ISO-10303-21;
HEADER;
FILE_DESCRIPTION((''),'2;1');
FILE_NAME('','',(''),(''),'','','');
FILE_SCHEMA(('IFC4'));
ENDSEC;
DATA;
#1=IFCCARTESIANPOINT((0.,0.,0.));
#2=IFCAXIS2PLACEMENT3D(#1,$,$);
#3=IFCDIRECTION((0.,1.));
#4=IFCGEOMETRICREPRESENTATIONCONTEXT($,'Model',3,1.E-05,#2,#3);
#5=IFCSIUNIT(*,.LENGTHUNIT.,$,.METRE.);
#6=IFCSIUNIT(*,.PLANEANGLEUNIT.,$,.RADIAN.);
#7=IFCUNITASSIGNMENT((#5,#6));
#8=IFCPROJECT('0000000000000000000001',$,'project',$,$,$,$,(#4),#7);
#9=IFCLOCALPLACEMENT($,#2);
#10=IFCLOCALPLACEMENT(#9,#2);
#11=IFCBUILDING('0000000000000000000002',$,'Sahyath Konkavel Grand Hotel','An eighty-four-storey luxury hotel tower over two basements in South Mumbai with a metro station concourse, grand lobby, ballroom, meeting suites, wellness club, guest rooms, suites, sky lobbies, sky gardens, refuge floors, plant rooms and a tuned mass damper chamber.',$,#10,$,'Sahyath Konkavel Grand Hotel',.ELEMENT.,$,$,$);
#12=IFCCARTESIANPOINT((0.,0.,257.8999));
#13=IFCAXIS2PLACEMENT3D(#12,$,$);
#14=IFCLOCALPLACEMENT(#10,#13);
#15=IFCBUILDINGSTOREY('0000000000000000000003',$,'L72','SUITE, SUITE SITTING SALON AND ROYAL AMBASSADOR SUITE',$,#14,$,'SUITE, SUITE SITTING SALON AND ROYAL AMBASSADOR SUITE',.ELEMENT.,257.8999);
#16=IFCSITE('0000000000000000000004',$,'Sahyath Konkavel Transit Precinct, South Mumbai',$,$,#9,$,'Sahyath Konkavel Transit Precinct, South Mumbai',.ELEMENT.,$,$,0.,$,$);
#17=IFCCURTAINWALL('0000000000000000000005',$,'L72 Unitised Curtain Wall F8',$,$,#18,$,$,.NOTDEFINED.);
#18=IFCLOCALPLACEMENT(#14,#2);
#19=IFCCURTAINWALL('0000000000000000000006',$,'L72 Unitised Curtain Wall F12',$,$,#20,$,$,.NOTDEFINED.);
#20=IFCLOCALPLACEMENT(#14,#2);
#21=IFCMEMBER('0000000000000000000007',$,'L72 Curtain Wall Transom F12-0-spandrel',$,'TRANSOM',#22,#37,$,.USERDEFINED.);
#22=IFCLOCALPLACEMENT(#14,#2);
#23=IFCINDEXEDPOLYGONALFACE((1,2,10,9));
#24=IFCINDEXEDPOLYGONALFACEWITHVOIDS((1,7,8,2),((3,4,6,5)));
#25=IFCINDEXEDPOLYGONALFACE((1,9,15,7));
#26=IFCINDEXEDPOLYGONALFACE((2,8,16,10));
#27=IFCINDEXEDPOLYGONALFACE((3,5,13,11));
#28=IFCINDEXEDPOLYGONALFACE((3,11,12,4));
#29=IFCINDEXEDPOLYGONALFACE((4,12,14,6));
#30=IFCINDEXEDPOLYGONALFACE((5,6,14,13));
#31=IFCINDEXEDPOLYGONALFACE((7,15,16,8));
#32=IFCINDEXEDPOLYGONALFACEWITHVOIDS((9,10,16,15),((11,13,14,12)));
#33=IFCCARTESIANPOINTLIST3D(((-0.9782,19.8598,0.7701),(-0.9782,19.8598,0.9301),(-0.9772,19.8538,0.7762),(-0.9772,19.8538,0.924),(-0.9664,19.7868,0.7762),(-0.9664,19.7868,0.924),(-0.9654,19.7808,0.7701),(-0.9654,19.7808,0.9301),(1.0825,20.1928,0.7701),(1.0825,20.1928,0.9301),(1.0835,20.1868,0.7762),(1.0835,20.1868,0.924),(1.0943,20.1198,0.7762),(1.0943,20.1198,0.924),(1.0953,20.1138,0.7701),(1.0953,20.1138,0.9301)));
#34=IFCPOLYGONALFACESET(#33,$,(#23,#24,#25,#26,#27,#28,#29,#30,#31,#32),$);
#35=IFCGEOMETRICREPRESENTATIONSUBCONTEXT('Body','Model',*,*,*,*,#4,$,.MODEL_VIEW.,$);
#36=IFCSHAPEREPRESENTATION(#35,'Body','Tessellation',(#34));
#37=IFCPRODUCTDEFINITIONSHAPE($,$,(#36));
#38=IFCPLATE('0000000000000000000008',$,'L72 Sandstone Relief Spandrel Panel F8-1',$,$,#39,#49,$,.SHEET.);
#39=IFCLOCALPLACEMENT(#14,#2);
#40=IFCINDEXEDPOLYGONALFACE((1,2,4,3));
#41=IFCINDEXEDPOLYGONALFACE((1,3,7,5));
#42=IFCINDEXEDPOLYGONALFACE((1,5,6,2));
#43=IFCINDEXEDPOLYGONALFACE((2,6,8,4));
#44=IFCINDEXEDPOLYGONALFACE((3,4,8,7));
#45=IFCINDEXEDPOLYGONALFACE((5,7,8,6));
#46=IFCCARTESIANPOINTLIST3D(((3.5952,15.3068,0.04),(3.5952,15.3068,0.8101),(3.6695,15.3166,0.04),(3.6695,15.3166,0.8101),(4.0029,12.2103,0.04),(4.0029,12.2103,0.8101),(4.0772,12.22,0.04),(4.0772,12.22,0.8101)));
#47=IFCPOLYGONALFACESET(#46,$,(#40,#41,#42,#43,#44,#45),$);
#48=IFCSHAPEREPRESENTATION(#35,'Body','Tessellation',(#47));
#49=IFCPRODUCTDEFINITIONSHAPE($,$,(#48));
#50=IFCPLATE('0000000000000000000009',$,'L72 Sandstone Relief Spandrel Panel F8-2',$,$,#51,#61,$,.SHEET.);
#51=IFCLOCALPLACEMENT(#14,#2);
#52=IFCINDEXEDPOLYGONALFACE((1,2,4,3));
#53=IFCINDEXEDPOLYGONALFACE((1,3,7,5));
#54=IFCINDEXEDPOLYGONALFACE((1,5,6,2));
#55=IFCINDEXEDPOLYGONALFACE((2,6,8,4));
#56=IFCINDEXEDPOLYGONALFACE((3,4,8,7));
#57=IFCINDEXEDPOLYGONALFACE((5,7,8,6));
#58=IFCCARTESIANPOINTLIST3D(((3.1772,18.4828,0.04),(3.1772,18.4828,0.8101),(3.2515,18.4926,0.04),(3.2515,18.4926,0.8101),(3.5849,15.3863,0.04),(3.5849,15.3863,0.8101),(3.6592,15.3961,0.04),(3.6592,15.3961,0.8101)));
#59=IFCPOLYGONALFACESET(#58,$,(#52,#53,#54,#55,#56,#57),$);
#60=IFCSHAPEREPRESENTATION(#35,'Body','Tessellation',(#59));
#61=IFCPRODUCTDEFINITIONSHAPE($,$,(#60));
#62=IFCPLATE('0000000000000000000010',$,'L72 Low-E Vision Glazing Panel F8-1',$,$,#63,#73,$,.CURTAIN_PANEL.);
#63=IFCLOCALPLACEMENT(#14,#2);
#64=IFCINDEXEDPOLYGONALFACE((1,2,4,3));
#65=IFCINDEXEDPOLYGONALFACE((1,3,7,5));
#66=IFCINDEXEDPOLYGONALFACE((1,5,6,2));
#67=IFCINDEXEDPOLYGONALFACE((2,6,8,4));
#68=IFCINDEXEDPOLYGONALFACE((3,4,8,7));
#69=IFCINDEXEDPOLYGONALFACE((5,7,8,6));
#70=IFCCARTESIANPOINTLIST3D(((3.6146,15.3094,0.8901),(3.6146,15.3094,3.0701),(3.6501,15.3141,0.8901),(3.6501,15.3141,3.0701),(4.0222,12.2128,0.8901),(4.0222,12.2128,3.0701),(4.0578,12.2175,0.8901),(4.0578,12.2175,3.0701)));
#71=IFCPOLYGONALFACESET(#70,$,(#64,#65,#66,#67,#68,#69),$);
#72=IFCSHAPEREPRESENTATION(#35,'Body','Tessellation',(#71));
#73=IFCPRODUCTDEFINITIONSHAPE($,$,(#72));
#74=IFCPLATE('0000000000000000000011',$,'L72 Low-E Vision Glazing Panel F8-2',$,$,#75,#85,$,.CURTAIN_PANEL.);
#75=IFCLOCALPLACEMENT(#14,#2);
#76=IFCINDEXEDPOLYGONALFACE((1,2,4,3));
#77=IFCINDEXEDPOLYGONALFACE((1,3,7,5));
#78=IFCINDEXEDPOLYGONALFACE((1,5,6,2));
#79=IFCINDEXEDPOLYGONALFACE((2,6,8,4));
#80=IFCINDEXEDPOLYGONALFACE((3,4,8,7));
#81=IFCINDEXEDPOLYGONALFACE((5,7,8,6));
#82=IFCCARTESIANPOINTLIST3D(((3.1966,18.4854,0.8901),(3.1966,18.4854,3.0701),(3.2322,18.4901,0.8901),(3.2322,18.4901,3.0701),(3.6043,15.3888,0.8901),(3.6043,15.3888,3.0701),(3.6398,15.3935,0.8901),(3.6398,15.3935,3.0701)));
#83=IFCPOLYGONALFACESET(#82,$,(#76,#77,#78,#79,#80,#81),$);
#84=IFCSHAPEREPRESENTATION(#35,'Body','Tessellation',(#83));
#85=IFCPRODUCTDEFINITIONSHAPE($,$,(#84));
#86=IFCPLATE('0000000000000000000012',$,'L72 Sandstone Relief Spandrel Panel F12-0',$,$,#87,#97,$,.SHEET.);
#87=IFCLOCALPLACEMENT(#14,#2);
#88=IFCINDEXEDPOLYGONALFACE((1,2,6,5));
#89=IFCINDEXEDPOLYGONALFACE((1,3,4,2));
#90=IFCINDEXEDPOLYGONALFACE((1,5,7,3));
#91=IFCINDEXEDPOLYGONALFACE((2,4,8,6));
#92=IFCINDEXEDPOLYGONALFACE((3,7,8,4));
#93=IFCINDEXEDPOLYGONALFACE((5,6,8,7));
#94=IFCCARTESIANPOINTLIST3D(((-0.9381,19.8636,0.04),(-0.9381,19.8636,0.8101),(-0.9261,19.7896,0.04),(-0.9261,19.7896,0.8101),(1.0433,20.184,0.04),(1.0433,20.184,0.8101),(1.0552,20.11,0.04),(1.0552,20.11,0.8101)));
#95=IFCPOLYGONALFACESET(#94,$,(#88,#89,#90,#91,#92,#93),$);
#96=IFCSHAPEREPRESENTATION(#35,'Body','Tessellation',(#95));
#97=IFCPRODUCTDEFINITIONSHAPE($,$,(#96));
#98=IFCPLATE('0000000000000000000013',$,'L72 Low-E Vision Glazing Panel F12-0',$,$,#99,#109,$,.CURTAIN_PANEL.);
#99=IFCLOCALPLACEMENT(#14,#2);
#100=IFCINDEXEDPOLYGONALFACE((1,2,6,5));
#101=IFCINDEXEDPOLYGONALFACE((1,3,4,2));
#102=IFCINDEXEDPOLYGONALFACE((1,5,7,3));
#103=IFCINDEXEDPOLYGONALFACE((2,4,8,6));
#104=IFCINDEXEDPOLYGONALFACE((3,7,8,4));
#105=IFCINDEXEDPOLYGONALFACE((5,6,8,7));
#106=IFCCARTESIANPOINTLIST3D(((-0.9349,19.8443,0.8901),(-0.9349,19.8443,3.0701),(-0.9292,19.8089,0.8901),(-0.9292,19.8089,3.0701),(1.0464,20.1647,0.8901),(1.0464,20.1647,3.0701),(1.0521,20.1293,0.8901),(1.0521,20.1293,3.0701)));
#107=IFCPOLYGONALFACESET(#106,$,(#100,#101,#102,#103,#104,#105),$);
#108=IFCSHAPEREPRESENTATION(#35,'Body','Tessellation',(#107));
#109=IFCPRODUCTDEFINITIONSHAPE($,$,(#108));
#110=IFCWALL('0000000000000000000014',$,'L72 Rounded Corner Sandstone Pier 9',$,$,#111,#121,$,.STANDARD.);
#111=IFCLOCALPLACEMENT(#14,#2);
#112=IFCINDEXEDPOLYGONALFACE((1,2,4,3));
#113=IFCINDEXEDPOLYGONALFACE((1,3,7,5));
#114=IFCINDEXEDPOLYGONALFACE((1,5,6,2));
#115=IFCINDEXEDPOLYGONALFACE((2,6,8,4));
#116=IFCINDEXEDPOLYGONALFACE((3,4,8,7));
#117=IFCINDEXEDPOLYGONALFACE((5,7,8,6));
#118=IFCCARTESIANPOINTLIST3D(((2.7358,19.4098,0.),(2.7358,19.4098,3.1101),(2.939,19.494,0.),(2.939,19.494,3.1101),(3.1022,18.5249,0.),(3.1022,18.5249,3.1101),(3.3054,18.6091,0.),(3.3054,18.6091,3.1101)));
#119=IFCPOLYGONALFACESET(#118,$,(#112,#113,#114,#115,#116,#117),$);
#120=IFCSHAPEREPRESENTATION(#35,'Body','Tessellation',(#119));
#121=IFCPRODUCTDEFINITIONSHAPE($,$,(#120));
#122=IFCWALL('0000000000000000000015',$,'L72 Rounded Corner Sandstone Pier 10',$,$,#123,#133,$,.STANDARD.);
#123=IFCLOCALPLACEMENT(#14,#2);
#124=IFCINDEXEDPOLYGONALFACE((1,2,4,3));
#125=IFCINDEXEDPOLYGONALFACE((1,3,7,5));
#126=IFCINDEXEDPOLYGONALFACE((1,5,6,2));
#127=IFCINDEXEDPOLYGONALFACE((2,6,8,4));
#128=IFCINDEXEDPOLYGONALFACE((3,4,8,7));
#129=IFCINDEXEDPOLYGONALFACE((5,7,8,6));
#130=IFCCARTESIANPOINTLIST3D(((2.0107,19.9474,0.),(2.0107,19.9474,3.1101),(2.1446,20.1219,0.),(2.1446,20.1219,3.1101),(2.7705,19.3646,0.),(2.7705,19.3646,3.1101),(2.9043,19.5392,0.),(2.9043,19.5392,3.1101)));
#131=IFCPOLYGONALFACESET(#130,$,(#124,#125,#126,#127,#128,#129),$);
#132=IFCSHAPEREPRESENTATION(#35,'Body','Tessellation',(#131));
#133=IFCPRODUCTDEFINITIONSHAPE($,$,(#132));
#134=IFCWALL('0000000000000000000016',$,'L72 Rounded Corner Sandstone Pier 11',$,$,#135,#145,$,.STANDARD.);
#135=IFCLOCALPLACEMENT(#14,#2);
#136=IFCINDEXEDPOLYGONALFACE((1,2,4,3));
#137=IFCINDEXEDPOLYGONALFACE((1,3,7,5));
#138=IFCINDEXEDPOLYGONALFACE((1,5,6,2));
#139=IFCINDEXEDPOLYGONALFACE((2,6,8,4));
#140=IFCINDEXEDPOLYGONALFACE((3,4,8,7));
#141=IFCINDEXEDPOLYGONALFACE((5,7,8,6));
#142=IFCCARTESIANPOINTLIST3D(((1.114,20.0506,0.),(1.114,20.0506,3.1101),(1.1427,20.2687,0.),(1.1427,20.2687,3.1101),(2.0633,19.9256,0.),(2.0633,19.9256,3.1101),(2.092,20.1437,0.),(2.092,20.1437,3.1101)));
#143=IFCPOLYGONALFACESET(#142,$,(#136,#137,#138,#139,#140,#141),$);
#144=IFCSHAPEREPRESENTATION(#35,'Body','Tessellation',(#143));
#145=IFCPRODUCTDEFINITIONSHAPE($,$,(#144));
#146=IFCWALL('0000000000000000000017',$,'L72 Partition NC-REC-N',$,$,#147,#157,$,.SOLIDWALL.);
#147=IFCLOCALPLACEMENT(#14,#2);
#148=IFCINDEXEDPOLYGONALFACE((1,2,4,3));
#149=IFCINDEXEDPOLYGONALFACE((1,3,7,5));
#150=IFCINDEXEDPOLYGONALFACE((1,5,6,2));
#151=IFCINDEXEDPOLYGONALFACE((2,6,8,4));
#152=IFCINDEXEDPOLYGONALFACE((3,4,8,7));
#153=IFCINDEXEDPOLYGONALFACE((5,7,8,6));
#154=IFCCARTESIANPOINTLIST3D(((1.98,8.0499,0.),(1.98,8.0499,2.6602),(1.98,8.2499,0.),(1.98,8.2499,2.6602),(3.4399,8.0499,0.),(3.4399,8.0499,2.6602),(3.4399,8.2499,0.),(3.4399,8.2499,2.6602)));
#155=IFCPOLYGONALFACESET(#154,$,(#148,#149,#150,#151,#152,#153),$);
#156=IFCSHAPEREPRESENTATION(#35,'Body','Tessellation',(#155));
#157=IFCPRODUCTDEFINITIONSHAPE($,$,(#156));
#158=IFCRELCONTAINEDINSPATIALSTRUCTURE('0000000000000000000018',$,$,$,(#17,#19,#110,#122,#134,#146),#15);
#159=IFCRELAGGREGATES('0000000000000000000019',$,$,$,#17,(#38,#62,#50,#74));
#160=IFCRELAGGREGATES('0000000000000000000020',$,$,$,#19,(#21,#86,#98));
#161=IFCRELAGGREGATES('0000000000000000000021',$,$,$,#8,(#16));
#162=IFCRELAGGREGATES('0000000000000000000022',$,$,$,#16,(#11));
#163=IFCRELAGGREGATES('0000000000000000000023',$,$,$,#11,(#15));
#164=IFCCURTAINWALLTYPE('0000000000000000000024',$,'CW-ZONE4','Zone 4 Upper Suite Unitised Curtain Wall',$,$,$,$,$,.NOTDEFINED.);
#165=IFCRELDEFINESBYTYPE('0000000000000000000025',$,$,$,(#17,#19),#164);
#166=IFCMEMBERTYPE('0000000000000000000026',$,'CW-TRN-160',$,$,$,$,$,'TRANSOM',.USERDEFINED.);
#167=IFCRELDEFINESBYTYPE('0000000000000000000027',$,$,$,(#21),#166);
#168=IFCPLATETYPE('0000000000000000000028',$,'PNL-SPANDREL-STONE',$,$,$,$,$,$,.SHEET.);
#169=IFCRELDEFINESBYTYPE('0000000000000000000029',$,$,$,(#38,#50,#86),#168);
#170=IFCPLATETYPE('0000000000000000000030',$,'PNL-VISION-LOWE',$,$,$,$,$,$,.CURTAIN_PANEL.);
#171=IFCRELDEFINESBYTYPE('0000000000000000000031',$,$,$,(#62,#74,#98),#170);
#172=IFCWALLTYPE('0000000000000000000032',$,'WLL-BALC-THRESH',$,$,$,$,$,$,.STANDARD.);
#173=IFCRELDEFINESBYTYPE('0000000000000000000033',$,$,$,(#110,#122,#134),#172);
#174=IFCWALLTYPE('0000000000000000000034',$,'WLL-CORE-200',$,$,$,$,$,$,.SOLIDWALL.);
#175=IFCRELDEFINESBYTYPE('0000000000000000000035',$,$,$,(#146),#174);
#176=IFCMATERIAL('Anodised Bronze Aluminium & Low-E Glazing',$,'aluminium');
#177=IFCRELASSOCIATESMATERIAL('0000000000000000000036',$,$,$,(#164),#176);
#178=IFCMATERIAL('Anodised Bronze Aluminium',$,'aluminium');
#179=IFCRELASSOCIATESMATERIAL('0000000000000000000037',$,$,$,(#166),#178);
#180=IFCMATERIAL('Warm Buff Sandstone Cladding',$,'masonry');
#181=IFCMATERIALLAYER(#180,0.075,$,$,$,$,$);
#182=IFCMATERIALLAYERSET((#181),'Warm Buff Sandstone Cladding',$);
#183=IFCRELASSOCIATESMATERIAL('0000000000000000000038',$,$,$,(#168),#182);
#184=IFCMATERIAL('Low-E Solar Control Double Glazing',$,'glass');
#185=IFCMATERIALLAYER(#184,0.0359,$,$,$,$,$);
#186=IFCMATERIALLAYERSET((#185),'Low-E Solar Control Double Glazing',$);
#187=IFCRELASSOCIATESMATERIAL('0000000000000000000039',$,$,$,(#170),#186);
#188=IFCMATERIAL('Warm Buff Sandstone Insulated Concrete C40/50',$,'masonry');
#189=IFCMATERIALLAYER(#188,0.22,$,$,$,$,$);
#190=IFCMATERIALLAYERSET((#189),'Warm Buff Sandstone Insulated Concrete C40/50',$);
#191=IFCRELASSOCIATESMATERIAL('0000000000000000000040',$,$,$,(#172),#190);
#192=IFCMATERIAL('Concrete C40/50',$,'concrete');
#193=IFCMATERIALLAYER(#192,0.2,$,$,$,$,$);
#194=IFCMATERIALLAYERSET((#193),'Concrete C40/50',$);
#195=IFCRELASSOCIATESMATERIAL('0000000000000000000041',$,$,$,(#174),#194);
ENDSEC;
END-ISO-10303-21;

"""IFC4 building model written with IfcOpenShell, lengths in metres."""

from ifc_helpers import new_model, si_unit, direction, frame, frame_2d, origin, origin_2d, place, context, subcontext, project, spatial, rectangle, hollow_rectangle, extrude, source, transform, mapped, material, layer, layer_set, material_profile, profile_set, type_object, element, aggregate, save


model = new_model("IFC4")

# Units and contexts
model_context = context("Model", 3, precision=1e-05, world=origin(), true_north=direction((0.0, 1.0)))
body_context = subcontext(model_context, "Body", "Model", "MODEL_VIEW")
ifc_project = project(units=[si_unit("LENGTHUNIT", "METRE"), si_unit("PLANEANGLEUNIT", "RADIAN")], contexts=[model_context])

# Site, building, storey
site_placement = place(None, origin())
site = spatial("IfcSite", under=ifc_project, at=site_placement, Name="Sahyath Konkavel Transit Precinct, South Mumbai", LongName="Sahyath Konkavel Transit Precinct, South Mumbai", CompositionType="ELEMENT", RefElevation=0.0)
building_placement = place(site_placement, origin())
building = spatial("IfcBuilding", under=site, at=building_placement, Name="Sahyath Konkavel Grand Hotel", Description="An eighty-four-storey luxury hotel tower over two basements in South Mumbai with a metro station concourse, grand lobby, ballroom, meeting suites, wellness club, guest rooms, suites, sky lobbies, sky gardens, refuge floors, plant rooms and a tuned mass damper chamber.", LongName="Sahyath Konkavel Grand Hotel", CompositionType="ELEMENT")
storey_placement = place(building_placement, frame((0.0, 0.0, 257.8999)))
storey = spatial("IfcBuildingStorey", under=building, at=storey_placement, Name="L72", Description="SUITE, SUITE SITTING SALON AND ROYAL AMBASSADOR SUITE", LongName="SUITE, SUITE SITTING SALON AND ROYAL AMBASSADOR SUITE", CompositionType="ELEMENT", Elevation=257.8999)

# Shared definitions
ifc_material_1 = material(Name="Concrete C40/50", Category="concrete")

# Curtain wall
ifc_material_2 = material(Name="Anodised Bronze Aluminium & Low-E Glazing", Category="aluminium")
curtain_wall_type = type_object("IfcCurtainWallType", Name="CW-ZONE4", Description="Zone 4 Upper Suite Unitised Curtain Wall", PredefinedType="NOTDEFINED", material=ifc_material_2)
curtain_wall_1_placement = place(storey_placement, origin())
curtain_wall_1 = element("IfcCurtainWall", 1, at=curtain_wall_1_placement, inside=storey, type_object=curtain_wall_type, Name="L72 Unitised Curtain Wall F8", PredefinedType="NOTDEFINED")
ifc_material_3 = material(Name="Anodised Bronze Aluminium", Category="aluminium")

# Curtain wall
curtain_wall_2_placement = place(storey_placement, origin())
curtain_wall_2 = element("IfcCurtainWall", 2, at=curtain_wall_2_placement, inside=storey, type_object=curtain_wall_type, Name="L72 Unitised Curtain Wall F12", PredefinedType="NOTDEFINED")

# Member
ifc_material_profile_1 = material_profile(ifc_material_3, hollow_rectangle(XDim=0.0801, YDim=0.1599, WallThickness=0.0061, at=origin_2d()), Name="RHS 160x80x6")
ifc_profile_set_1 = profile_set([ifc_material_profile_1], Name="Anodised Bronze Aluminium")
member_type_1 = type_object("IfcMemberType", Name="CW-TRN-160", ElementType="TRANSOM", PredefinedType="USERDEFINED", material=ifc_profile_set_1)
shared_shape_1 = source(origin(), body_context, "Body", "SweptSolid", [
    extrude(hollow_rectangle(XDim=0.0801, YDim=0.1599, WallThickness=0.0061, at=origin_2d()), origin(), (0.0, 0.0, 1.0), 2.0874),
])
member_1_placement = place(storey_placement, frame((1.0889, 20.1533, 0.8501), z_axis=(-0.987191, -0.159541, 0.0), x_axis=(0.159541, -0.987191, 0.0)))
member_1 = element("IfcMember", 3, at=member_1_placement, type_object=member_type_1, Name="L72 Curtain Wall Transom F12-0-spandrel", ObjectType="TRANSOM", PredefinedType="USERDEFINED", context=body_context, shape_type="MappedRepresentation", body=[
    mapped(shared_shape_1, transform((0.0, 0.0, 0.0), scale=1.0)),
])

# Plates
ifc_material_4 = material(Name="Warm Buff Sandstone Cladding", Category="masonry")
ifc_layer_1 = layer(ifc_material_4, 0.075)
ifc_layer_set_1 = layer_set([ifc_layer_1], Name="Warm Buff Sandstone Cladding")
plate_type_1 = type_object("IfcPlateType", Name="PNL-SPANDREL-STONE", PredefinedType="SHEET", material=ifc_layer_set_1)
shared_shape_2 = source(origin(), body_context, "Body", "SweptSolid", [
    extrude(rectangle(XDim=3.1233, YDim=0.075, at=origin_2d()), origin(), (0.0, 0.0, 1.0), 0.77),
])
plate_1_placement = place(storey_placement, frame((3.8362, 13.7634, 0.04), z_axis=(0.0, 0.0, 1.0), x_axis=(-0.130526, 0.991445, 0.0)))
plate_1 = element("IfcPlate", 4, at=plate_1_placement, type_object=plate_type_1, Name="L72 Sandstone Relief Spandrel Panel F8-1", PredefinedType="SHEET", context=body_context, shape_type="MappedRepresentation", body=[
    mapped(shared_shape_2, transform((0.0, 0.0, 0.0), scale=1.0)),
])
plate_2_placement = place(storey_placement, frame((3.4182, 16.9395, 0.04), z_axis=(0.0, 0.0, 1.0), x_axis=(-0.130526, 0.991445, 0.0)))
plate_2 = element("IfcPlate", 5, at=plate_2_placement, type_object=plate_type_1, Name="L72 Sandstone Relief Spandrel Panel F8-2", PredefinedType="SHEET", context=body_context, shape_type="MappedRepresentation", body=[
    mapped(shared_shape_2, transform((0.0, 0.0, 0.0), scale=1.0)),
])
ifc_material_5 = material(Name="Low-E Solar Control Double Glazing", Category="glass")
ifc_layer_2 = layer(ifc_material_5, 0.0359)
ifc_layer_set_2 = layer_set([ifc_layer_2], Name="Low-E Solar Control Double Glazing")
plate_type_2 = type_object("IfcPlateType", Name="PNL-VISION-LOWE", PredefinedType="CURTAIN_PANEL", material=ifc_layer_set_2)
shared_shape_3 = source(origin(), body_context, "Body", "SweptSolid", [
    extrude(rectangle(XDim=3.1233, YDim=0.0359, at=origin_2d()), origin(), (0.0, 0.0, 1.0), 2.1799),
])
plate_3_placement = place(storey_placement, frame((3.8362, 13.7634, 0.8901), z_axis=(0.0, 0.0, 1.0), x_axis=(-0.130526, 0.991445, 0.0)))
plate_3 = element("IfcPlate", 6, at=plate_3_placement, type_object=plate_type_2, Name="L72 Low-E Vision Glazing Panel F8-1", PredefinedType="CURTAIN_PANEL", context=body_context, shape_type="MappedRepresentation", body=[
    mapped(shared_shape_3, transform((0.0, 0.0, 0.0), scale=1.0)),
])
plate_4_placement = place(storey_placement, frame((3.4182, 16.9395, 0.8901), z_axis=(0.0, 0.0, 1.0), x_axis=(-0.130526, 0.991445, 0.0)))
plate_4 = element("IfcPlate", 7, at=plate_4_placement, type_object=plate_type_2, Name="L72 Low-E Vision Glazing Panel F8-2", PredefinedType="CURTAIN_PANEL", context=body_context, shape_type="MappedRepresentation", body=[
    mapped(shared_shape_3, transform((0.0, 0.0, 0.0), scale=1.0)),
])
aggregate(curtain_wall_1, [plate_1, plate_3, plate_2, plate_4])
shared_shape_4 = source(origin(), body_context, "Body", "SweptSolid", [
    extrude(rectangle(XDim=2.0071, YDim=0.075, at=origin_2d()), origin(), (0.0, 0.0, 1.0), 0.77),
])
plate_5_placement = place(storey_placement, frame((0.0586, 19.9868, 0.04), z_axis=(0.0, 0.0, 1.0), x_axis=(-0.987178, -0.159623, 0.0)))
plate_5 = element("IfcPlate", 8, at=plate_5_placement, type_object=plate_type_1, Name="L72 Sandstone Relief Spandrel Panel F12-0", PredefinedType="SHEET", context=body_context, shape_type="MappedRepresentation", body=[
    mapped(shared_shape_4, transform((0.0, 0.0, 0.0), scale=1.0)),
])
shared_shape_5 = source(origin(), body_context, "Body", "SweptSolid", [
    extrude(rectangle(XDim=2.0071, YDim=0.0359, at=origin_2d()), origin(), (0.0, 0.0, 1.0), 2.1799),
])
plate_6_placement = place(storey_placement, frame((0.0586, 19.9868, 0.8901), z_axis=(0.0, 0.0, 1.0), x_axis=(-0.987178, -0.159623, 0.0)))
plate_6 = element("IfcPlate", 9, at=plate_6_placement, type_object=plate_type_2, Name="L72 Low-E Vision Glazing Panel F12-0", PredefinedType="CURTAIN_PANEL", context=body_context, shape_type="MappedRepresentation", body=[
    mapped(shared_shape_5, transform((0.0, 0.0, 0.0), scale=1.0)),
])
aggregate(curtain_wall_2, [member_1, plate_5, plate_6])

# Walls
ifc_material_6 = material(Name="Warm Buff Sandstone Insulated Concrete C40/50", Category="masonry")
ifc_layer_3 = layer(ifc_material_6, 0.22)
ifc_layer_set_3 = layer_set([ifc_layer_3], Name="Warm Buff Sandstone Insulated Concrete C40/50")
wall_type_1 = type_object("IfcWallType", Name="WLL-BALC-THRESH", PredefinedType="STANDARD", material=ifc_layer_set_3)
wall_1_placement = place(storey_placement, frame((3.2039, 18.5669, 0.0), z_axis=(0.0, 0.0, 1.0), x_axis=(-0.382569, 0.923927, 0.0)))
element("IfcWall", 10, at=wall_1_placement, inside=storey, type_object=wall_type_1, Name="L72 Rounded Corner Sandstone Pier 9", PredefinedType="STANDARD", context=body_context, shape_type="SweptSolid", body=[
    extrude(rectangle(XDim=0.9578, YDim=0.22, at=frame_2d((0.479, 0.0))), origin(), (0.0, 0.0, 1.0), 3.1101),
])
for number, where, z_axis, x_axis, name in (
    (11, (2.8374, 19.4519, 0.0), (0.0, 0.0, 1.0), (-0.793467, 0.608614, 0.0), "L72 Rounded Corner Sandstone Pier 10"),
    (12, (2.0776, 20.0347, 0.0), (0.0, 0.0, 1.0), (-0.99144, 0.13056, 0.0), "L72 Rounded Corner Sandstone Pier 11"),
):
    element("IfcWall", number, at=place(storey_placement, frame(where, z_axis=z_axis, x_axis=x_axis)), inside=storey, type_object=wall_type_1, Name=name, PredefinedType="STANDARD", context=body_context, shape_type="SweptSolid", body=[
        extrude(rectangle(XDim=0.9575, YDim=0.22, at=frame_2d((0.4788, 0.0))), origin(), (0.0, 0.0, 1.0), 3.1101),
    ])
ifc_layer_4 = layer(ifc_material_1, 0.2)
ifc_layer_set_4 = layer_set([ifc_layer_4], Name="Concrete C40/50")
wall_type_2 = type_object("IfcWallType", Name="WLL-CORE-200", PredefinedType="SOLIDWALL", material=ifc_layer_set_4)
wall_2_placement = place(storey_placement, frame((1.98, 8.1499, 0.0), z_axis=(0.0, 0.0, 1.0), x_axis=(1.0, 0.0, 0.0)))
element("IfcWall", 13, at=wall_2_placement, inside=storey, type_object=wall_type_2, Name="L72 Partition NC-REC-N", PredefinedType="SOLIDWALL", context=body_context, shape_type="SweptSolid", body=[
    extrude(rectangle(XDim=1.46, YDim=0.2, at=frame_2d((0.73, 0.0))), origin(), (0.0, 0.0, 1.0), 2.6602),
])

save(model, "model.ifc")
